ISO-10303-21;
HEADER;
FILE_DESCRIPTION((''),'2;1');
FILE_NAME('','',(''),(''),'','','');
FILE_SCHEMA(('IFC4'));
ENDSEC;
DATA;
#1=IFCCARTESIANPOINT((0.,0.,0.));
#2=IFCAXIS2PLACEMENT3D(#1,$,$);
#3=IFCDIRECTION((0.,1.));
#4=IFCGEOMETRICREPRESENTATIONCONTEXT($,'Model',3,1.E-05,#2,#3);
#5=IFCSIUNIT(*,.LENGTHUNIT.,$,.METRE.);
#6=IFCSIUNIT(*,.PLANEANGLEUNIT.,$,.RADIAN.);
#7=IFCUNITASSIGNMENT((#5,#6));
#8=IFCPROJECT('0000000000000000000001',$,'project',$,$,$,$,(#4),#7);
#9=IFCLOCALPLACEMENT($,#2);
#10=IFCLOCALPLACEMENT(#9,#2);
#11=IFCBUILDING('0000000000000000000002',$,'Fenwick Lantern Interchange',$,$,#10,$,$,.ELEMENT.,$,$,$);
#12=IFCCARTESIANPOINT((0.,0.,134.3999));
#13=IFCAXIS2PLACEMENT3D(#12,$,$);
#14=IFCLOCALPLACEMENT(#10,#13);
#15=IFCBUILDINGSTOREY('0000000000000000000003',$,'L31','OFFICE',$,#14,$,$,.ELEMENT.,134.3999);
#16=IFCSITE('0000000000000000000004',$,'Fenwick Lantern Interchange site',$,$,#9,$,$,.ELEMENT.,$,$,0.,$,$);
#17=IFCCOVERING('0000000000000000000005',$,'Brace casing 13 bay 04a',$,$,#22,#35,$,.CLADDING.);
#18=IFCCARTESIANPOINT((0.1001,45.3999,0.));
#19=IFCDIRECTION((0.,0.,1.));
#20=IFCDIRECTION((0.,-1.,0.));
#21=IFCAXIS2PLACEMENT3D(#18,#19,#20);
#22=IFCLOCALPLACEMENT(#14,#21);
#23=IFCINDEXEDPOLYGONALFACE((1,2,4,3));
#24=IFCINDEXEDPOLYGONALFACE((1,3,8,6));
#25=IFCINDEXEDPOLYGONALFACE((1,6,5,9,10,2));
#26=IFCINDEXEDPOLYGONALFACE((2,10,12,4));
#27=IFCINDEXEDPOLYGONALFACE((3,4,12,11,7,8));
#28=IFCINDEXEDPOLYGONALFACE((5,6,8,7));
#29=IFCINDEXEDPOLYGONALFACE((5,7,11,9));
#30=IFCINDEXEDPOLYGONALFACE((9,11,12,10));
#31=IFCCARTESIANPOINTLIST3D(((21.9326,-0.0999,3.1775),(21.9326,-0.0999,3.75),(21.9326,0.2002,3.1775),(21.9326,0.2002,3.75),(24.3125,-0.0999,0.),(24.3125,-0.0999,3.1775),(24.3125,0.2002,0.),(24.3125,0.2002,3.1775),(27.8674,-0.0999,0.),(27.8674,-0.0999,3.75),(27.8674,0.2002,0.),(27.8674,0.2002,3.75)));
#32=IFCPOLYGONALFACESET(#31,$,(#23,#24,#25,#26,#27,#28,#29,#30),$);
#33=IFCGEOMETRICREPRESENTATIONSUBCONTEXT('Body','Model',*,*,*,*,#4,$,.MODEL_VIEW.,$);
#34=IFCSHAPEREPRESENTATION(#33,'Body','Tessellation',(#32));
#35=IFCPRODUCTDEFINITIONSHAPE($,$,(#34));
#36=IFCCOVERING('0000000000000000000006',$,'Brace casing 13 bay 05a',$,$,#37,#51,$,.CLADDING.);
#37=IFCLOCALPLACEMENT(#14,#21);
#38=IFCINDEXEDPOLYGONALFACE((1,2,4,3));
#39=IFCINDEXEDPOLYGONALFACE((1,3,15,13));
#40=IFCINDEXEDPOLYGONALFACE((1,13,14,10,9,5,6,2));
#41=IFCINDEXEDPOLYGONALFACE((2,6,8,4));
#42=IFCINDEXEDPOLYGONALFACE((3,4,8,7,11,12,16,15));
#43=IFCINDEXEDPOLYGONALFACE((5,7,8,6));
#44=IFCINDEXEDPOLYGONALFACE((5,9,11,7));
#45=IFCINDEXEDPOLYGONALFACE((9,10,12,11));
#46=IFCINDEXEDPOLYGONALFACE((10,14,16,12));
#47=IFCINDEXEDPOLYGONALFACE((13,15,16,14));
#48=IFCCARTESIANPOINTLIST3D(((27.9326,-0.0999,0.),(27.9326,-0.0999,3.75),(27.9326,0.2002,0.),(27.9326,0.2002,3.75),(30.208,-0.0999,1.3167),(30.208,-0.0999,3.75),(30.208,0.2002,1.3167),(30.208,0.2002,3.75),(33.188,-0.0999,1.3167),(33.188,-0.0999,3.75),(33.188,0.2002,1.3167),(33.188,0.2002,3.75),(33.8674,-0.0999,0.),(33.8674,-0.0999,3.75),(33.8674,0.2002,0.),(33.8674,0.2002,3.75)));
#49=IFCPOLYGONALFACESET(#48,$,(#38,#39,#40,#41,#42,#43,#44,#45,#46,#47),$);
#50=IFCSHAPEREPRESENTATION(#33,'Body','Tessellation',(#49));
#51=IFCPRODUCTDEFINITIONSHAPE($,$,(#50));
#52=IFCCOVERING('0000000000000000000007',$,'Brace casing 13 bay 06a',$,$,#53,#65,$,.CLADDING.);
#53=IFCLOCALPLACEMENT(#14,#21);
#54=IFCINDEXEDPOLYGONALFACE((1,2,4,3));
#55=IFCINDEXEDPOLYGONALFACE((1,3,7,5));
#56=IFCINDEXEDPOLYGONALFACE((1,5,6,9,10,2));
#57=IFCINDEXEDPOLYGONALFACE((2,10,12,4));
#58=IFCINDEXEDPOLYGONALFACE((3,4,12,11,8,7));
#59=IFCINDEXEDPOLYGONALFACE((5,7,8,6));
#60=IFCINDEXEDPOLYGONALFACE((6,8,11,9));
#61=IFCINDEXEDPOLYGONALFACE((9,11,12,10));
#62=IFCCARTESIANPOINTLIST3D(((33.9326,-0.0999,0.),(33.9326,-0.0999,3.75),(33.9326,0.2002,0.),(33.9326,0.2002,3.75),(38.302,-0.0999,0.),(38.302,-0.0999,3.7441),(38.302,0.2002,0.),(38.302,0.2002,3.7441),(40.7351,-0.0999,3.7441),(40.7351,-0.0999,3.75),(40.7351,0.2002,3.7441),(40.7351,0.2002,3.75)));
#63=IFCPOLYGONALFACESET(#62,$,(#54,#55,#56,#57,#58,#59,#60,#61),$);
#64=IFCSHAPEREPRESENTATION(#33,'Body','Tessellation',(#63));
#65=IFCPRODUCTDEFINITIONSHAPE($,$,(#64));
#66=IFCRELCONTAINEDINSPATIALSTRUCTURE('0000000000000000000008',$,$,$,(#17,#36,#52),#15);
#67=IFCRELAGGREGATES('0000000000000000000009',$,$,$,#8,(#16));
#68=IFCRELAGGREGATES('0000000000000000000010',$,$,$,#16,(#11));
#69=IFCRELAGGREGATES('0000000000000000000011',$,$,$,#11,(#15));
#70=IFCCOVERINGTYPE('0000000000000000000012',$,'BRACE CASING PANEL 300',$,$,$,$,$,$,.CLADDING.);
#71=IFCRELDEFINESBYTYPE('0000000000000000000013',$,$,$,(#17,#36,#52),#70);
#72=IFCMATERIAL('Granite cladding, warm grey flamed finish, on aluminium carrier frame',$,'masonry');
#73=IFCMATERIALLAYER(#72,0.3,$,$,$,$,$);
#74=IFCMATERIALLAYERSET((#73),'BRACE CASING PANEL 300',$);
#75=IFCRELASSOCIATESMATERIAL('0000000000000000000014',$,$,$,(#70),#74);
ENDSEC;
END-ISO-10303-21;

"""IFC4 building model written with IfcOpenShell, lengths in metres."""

from ifc_helpers import new_model, si_unit, direction, frame, origin, place, context, subcontext, project, spatial, polyline, outline, extrude, material, layer, layer_set, type_object, element, save


model = new_model("IFC4")

# Units and contexts
model_context = context("Model", 3, precision=1e-05, world=origin(), true_north=direction((0.0, 1.0)))
body_context = subcontext(model_context, "Body", "Model", "MODEL_VIEW")
ifc_project = project(units=[si_unit("LENGTHUNIT", "METRE"), si_unit("PLANEANGLEUNIT", "RADIAN")], contexts=[model_context])

# Site, building, storey
site_placement = place(None, origin())
site = spatial("IfcSite", under=ifc_project, at=site_placement, Name="Fenwick Lantern Interchange site", CompositionType="ELEMENT", RefElevation=0.0)
building_placement = place(site_placement, origin())
building = spatial("IfcBuilding", under=site, at=building_placement, Name="Fenwick Lantern Interchange", CompositionType="ELEMENT")
storey_placement = place(building_placement, frame((0.0, 0.0, 134.3999)))
storey = spatial("IfcBuildingStorey", under=building, at=storey_placement, Name="L31", Description="OFFICE", CompositionType="ELEMENT", Elevation=134.3999)

# Coverings
ifc_material_1 = material(Name="Granite cladding, warm grey flamed finish, on aluminium carrier frame", Category="masonry")
ifc_layer_1 = layer(ifc_material_1, 0.3)
ifc_layer_set_1 = layer_set([ifc_layer_1], Name="BRACE CASING PANEL 300")
covering_type = type_object("IfcCoveringType", Name="BRACE CASING PANEL 300", PredefinedType="CLADDING", material=ifc_layer_set_1)
covering_1_placement = place(storey_placement, frame((0.1001, 45.3999, 0.0), z_axis=(0.0, 0.0, 1.0), x_axis=(0.0, -1.0, 0.0)))
element("IfcCovering", 1, at=covering_1_placement, inside=storey, type_object=covering_type, Name="Brace casing 13 bay 04a", PredefinedType="CLADDING", context=body_context, shape_type="SweptSolid", body=[
    extrude(outline(polyline([(24.3125, 0.0), (27.8674, 0.0), (27.8674, 3.75), (21.9326, 3.75), (21.9326, 3.1775), (24.3125, 3.1775), (24.3125, 0.0)])), frame((0.0, 0.2002, 0.0), z_axis=(0.0, -1.0, 0.0), x_axis=(1.0, 0.0, 0.0)), (0.0, 0.0, 1.0), 0.3),
])
covering_2_placement = place(storey_placement, frame((0.1001, 45.3999, 0.0), z_axis=(0.0, 0.0, 1.0), x_axis=(0.0, -1.0, 0.0)))
element("IfcCovering", 2, at=covering_2_placement, inside=storey, type_object=covering_type, Name="Brace casing 13 bay 05a", PredefinedType="CLADDING", context=body_context, shape_type="SweptSolid", body=[
    extrude(outline(polyline([(27.9326, 0.0), (33.8674, 0.0), (33.8674, 3.75), (33.188, 3.75), (33.188, 1.3167), (30.208, 1.3167), (30.208, 3.75), (27.9326, 3.75), (27.9326, 0.0)])), frame((0.0, 0.2002, 0.0), z_axis=(0.0, -1.0, 0.0), x_axis=(1.0, 0.0, 0.0)), (0.0, 0.0, 1.0), 0.3),
])
covering_3_placement = place(storey_placement, frame((0.1001, 45.3999, 0.0), z_axis=(0.0, 0.0, 1.0), x_axis=(0.0, -1.0, 0.0)))
element("IfcCovering", 3, at=covering_3_placement, inside=storey, type_object=covering_type, Name="Brace casing 13 bay 06a", PredefinedType="CLADDING", context=body_context, shape_type="SweptSolid", body=[
    extrude(outline(polyline([(33.9326, 0.0), (38.302, 0.0), (38.302, 3.7441), (40.7351, 3.7441), (40.7351, 3.75), (33.9326, 3.75), (33.9326, 0.0)])), frame((0.0, 0.2002, 0.0), z_axis=(0.0, -1.0, 0.0), x_axis=(1.0, 0.0, 0.0)), (0.0, 0.0, 1.0), 0.3),
])

save(model, "model.ifc")
